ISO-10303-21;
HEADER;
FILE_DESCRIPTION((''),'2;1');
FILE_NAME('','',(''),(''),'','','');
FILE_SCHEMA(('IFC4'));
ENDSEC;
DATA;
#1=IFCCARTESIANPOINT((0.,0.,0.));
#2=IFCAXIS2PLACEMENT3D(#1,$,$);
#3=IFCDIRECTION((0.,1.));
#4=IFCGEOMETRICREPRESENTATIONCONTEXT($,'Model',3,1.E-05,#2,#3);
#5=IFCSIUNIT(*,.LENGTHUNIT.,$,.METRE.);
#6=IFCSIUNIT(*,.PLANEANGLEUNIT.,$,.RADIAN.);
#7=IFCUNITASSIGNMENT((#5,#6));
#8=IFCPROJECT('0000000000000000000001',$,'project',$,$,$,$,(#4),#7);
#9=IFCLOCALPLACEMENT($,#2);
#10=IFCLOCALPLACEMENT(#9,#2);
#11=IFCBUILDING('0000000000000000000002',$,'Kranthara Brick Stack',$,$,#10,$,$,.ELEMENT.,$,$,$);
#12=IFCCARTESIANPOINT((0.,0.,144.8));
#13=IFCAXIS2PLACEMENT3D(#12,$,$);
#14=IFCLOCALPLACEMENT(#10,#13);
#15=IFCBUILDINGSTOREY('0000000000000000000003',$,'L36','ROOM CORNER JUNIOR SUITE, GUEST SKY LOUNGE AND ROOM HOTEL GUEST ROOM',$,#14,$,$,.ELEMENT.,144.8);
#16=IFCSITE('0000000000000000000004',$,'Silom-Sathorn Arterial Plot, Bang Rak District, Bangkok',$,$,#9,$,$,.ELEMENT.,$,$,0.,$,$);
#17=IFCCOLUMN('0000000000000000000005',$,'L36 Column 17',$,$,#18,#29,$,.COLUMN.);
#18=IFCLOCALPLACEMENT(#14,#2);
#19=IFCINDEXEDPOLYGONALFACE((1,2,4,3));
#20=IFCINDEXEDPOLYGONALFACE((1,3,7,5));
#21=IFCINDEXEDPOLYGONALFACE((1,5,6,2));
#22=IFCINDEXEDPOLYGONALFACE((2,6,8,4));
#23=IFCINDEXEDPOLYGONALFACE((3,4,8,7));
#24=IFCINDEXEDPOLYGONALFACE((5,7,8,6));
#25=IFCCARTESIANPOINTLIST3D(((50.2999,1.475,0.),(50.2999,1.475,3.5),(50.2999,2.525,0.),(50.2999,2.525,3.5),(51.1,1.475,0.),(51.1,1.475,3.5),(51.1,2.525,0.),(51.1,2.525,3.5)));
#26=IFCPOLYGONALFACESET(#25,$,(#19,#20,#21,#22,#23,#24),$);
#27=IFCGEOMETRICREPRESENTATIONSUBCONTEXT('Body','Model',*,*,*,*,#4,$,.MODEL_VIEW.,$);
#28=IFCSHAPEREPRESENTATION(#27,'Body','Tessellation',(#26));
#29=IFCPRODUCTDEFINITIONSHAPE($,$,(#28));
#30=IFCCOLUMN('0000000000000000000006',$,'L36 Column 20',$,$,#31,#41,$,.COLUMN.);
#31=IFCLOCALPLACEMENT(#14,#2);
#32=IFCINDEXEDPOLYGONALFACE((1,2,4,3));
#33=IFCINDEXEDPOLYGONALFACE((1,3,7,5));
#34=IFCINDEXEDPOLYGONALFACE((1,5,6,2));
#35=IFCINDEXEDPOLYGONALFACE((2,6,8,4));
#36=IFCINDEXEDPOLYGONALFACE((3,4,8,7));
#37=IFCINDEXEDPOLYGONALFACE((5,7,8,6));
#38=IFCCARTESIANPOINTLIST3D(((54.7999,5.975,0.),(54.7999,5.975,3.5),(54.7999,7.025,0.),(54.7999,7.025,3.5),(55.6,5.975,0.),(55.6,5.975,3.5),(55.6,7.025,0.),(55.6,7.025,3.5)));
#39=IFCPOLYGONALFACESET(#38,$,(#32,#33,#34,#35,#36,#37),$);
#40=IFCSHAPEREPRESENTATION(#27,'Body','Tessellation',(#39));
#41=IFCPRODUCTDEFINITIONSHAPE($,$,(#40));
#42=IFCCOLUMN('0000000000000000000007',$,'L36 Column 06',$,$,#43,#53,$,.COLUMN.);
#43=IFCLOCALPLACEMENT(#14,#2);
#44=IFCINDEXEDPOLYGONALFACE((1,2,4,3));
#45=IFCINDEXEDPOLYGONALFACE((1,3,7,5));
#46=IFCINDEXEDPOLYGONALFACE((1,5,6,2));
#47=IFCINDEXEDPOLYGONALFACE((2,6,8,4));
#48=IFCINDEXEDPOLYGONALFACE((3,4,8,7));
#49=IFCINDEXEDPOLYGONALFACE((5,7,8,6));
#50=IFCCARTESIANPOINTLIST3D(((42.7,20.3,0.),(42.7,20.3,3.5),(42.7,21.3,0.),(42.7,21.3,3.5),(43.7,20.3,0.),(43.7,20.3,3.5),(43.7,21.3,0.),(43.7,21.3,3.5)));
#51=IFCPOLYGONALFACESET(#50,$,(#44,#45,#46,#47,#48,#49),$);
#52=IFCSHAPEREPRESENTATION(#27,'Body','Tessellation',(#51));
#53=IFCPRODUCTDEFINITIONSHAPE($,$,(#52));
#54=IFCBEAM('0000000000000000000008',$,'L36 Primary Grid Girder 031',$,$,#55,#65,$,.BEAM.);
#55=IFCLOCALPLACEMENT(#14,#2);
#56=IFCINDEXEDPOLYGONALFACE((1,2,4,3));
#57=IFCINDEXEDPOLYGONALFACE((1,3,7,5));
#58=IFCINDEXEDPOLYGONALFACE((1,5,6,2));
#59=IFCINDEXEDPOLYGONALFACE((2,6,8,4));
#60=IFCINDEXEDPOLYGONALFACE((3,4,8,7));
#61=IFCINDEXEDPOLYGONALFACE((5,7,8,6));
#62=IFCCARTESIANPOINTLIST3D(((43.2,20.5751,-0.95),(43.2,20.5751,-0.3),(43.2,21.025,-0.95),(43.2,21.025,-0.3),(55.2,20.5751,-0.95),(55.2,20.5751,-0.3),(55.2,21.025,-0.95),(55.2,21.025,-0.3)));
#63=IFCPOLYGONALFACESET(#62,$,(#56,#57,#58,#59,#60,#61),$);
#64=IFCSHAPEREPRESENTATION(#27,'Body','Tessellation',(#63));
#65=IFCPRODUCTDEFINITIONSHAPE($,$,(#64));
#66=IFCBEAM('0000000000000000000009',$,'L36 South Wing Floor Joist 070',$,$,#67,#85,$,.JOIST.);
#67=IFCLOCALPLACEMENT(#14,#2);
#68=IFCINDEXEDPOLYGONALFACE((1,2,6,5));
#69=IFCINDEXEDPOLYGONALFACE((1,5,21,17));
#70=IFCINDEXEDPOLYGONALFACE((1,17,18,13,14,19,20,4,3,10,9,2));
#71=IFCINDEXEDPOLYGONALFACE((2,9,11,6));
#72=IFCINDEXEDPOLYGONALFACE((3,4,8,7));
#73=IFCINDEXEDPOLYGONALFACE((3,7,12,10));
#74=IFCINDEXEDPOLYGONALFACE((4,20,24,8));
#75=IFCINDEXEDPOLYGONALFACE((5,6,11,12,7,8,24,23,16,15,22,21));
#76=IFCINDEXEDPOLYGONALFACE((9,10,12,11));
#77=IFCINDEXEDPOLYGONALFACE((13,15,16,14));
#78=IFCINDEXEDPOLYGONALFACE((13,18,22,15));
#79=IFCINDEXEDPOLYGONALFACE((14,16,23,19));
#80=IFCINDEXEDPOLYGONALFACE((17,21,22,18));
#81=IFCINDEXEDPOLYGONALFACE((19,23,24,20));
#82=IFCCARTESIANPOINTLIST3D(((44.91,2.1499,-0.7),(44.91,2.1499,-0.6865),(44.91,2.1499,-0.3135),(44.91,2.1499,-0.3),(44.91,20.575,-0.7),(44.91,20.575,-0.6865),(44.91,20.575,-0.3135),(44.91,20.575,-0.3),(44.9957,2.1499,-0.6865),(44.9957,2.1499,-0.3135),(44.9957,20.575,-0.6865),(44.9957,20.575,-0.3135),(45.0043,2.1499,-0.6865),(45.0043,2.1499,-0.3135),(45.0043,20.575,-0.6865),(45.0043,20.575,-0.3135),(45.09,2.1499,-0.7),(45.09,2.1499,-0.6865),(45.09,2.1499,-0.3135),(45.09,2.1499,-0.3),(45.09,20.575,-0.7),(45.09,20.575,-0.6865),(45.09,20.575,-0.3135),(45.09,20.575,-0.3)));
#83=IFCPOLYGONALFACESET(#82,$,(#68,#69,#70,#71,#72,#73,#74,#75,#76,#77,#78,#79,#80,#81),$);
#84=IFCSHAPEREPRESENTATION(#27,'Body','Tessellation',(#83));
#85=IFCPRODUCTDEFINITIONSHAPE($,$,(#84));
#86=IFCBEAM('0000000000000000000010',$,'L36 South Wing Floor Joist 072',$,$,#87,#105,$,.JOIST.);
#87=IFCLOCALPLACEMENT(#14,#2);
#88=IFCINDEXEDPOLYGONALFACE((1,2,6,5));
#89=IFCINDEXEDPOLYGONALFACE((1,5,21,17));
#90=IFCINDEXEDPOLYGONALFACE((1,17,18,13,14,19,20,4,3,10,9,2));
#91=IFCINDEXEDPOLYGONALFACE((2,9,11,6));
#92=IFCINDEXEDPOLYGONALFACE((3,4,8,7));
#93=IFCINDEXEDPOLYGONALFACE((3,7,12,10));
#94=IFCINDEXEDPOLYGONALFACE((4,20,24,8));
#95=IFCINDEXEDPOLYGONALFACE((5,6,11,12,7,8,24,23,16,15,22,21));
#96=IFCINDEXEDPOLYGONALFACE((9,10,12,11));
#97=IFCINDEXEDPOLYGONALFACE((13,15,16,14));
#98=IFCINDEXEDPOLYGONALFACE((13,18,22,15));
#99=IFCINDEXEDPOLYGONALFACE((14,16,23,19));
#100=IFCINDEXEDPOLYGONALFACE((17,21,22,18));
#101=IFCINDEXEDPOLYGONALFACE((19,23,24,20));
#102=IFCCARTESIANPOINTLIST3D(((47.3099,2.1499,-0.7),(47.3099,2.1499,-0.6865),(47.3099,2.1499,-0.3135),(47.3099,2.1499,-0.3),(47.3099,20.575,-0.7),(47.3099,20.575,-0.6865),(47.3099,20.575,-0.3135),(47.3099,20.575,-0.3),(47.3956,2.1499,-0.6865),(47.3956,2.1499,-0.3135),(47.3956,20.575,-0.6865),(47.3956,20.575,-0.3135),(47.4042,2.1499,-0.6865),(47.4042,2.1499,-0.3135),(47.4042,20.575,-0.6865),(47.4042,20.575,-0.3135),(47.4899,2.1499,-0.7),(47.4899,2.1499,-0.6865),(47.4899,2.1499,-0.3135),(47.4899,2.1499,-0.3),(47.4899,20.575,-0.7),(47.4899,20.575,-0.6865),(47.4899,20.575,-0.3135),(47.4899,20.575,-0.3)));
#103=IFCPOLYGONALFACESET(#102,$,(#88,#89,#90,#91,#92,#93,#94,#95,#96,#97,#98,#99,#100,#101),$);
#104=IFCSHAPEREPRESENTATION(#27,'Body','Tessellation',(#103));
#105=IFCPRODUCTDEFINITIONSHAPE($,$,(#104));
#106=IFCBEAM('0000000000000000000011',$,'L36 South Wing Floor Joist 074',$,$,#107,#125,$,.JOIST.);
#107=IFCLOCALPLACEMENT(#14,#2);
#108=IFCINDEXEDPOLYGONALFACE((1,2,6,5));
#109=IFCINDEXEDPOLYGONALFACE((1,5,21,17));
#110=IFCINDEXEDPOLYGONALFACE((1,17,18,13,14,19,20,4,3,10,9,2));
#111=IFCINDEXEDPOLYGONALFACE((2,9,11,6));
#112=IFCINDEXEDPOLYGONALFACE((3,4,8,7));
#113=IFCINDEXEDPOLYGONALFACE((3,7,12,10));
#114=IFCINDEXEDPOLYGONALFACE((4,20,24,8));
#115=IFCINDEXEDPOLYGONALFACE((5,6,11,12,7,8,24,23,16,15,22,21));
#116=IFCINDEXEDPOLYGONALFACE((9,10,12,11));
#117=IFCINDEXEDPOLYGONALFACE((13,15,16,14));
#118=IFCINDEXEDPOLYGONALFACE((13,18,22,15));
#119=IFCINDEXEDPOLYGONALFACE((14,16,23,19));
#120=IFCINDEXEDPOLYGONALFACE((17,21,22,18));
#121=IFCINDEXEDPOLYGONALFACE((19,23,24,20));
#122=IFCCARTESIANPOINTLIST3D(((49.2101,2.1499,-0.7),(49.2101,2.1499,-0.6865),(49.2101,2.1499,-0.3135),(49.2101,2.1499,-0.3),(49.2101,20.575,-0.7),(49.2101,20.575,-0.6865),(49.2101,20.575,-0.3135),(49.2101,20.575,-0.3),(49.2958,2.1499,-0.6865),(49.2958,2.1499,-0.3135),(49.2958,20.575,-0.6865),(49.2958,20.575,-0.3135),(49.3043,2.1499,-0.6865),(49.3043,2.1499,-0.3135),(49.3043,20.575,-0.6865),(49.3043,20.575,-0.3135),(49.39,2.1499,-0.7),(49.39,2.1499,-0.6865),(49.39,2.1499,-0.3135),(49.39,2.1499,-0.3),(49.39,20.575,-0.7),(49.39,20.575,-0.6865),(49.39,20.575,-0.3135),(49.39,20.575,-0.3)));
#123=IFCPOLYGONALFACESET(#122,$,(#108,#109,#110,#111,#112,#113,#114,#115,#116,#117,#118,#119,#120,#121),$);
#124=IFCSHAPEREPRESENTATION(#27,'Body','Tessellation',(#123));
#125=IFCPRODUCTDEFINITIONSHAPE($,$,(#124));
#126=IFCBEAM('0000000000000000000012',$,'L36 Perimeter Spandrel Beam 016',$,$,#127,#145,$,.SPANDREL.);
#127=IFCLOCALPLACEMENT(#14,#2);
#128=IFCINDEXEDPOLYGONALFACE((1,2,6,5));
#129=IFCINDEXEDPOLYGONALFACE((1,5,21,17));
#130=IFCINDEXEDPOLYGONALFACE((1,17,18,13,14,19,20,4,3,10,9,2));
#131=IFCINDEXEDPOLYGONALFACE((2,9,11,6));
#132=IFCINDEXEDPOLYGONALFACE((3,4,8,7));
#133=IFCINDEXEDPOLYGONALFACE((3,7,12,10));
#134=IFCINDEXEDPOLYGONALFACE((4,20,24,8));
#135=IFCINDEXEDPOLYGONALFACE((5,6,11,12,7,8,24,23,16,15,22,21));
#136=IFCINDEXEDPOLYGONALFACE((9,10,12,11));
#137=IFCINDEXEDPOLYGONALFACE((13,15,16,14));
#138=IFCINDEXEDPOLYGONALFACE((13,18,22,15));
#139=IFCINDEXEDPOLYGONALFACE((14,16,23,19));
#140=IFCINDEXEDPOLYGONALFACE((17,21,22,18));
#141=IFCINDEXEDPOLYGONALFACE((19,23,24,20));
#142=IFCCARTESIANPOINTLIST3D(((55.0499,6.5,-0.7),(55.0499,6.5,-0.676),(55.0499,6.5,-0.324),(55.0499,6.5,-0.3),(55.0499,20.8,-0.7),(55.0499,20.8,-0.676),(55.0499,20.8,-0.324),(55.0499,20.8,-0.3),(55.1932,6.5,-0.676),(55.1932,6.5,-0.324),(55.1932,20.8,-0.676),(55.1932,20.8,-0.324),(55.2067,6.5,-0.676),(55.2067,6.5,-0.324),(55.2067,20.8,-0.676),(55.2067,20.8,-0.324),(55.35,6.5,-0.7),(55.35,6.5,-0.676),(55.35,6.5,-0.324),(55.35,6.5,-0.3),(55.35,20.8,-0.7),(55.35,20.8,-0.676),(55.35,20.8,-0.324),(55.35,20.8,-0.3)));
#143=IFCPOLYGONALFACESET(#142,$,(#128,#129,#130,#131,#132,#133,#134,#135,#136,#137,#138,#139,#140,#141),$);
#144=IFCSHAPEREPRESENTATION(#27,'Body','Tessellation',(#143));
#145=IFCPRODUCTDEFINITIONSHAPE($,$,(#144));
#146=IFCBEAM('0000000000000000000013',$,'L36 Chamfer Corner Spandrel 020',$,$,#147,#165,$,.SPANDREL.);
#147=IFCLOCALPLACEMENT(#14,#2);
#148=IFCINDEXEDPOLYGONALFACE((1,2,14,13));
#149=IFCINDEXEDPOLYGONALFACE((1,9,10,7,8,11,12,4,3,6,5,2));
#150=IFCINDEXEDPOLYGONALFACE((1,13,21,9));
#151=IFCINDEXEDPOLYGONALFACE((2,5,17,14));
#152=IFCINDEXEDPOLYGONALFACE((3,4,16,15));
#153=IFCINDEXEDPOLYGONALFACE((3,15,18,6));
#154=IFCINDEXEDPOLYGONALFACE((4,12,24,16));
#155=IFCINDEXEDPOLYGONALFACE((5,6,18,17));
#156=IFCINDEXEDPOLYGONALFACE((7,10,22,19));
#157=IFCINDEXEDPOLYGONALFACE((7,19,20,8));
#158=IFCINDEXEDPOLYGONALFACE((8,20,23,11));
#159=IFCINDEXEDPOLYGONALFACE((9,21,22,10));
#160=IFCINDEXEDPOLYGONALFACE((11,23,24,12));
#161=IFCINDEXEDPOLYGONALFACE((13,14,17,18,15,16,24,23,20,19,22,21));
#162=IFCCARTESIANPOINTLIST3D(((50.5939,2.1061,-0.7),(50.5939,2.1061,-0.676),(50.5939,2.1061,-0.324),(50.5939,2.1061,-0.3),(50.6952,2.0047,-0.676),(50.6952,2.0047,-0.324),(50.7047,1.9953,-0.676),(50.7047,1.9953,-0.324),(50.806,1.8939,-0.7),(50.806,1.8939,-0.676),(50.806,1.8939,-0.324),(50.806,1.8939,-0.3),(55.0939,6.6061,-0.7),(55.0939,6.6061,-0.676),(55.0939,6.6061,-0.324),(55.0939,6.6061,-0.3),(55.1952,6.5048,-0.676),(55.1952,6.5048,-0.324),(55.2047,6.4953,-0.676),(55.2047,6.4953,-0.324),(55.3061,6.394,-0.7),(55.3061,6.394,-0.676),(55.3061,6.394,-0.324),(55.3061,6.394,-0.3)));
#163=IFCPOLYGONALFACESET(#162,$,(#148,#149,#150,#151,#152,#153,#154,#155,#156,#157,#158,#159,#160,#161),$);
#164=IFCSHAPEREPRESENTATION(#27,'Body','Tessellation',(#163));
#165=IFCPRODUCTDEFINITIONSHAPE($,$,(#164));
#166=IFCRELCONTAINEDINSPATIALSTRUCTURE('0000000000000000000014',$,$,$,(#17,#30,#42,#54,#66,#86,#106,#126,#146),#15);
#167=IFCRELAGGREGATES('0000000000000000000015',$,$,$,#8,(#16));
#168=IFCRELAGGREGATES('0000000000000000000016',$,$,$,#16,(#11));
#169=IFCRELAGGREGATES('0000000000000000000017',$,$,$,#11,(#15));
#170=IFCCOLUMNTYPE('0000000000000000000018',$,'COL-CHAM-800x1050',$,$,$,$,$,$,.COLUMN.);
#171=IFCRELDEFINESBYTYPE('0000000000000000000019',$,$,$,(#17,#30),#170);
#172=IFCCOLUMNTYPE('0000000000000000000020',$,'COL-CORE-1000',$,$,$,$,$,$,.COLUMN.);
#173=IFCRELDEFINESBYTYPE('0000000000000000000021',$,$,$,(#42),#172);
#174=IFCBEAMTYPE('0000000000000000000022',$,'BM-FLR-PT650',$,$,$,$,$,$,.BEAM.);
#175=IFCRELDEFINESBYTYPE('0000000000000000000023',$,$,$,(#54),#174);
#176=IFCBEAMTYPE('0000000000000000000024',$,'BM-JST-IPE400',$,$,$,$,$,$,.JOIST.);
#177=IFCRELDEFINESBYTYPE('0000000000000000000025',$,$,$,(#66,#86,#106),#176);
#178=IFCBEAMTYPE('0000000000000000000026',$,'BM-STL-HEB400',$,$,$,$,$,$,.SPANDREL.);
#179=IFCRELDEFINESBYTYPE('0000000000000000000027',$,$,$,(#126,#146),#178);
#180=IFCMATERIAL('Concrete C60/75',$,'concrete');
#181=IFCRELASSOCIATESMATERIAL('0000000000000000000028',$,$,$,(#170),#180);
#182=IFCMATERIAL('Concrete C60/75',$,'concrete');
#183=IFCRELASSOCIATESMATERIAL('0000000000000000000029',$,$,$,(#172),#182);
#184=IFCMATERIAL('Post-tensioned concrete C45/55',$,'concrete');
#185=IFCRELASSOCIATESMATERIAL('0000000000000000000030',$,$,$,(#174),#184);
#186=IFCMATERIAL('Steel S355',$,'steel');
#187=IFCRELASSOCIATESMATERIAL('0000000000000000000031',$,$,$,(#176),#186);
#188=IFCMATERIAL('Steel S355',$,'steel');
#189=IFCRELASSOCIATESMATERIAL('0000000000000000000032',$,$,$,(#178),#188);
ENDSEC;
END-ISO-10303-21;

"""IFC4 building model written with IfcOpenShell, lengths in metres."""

from ifc_helpers import new_model, si_unit, direction, frame, origin, origin_2d, place, context, subcontext, project, spatial, rectangle, i_section, extrude, material, material_profile, profile_set, type_object, element, save


model = new_model("IFC4")

# Units and contexts
model_context = context("Model", 3, precision=1e-05, world=origin(), true_north=direction((0.0, 1.0)))
body_context = subcontext(model_context, "Body", "Model", "MODEL_VIEW")
ifc_project = project(units=[si_unit("LENGTHUNIT", "METRE"), si_unit("PLANEANGLEUNIT", "RADIAN")], contexts=[model_context])

# Site, building, storey
site_placement = place(None, origin())
site = spatial("IfcSite", under=ifc_project, at=site_placement, Name="Silom-Sathorn Arterial Plot, Bang Rak District, Bangkok", CompositionType="ELEMENT", RefElevation=0.0)
building_placement = place(site_placement, origin())
building = spatial("IfcBuilding", under=site, at=building_placement, Name="Kranthara Brick Stack", CompositionType="ELEMENT")
storey_placement = place(building_placement, frame((0.0, 0.0, 144.8)))
storey = spatial("IfcBuildingStorey", under=building, at=storey_placement, Name="L36", Description="ROOM CORNER JUNIOR SUITE, GUEST SKY LOUNGE AND ROOM HOTEL GUEST ROOM", CompositionType="ELEMENT", Elevation=144.8)

# Columns
ifc_material_1 = material(Name="Concrete C60/75", Category="concrete")
ifc_material_profile_1 = material_profile(ifc_material_1, rectangle(XDim=0.8, YDim=1.05, at=origin_2d()), Name="RC 800x1050")
ifc_profile_set_1 = profile_set([ifc_material_profile_1], Name="Concrete C60/75")
column_type_1 = type_object("IfcColumnType", Name="COL-CHAM-800x1050", PredefinedType="COLUMN", material=ifc_profile_set_1)
for number, where, z_axis, x_axis, name in (
    (1, (50.7, 2.0, 0.0), (0.0, 0.0, 1.0), (1.0, 0.0, 0.0), "L36 Column 17"),
    (2, (55.2, 6.5, 0.0), (0.0, 0.0, 1.0), (1.0, 0.0, 0.0), "L36 Column 20"),
):
    element("IfcColumn", number, at=place(storey_placement, frame(where, z_axis=z_axis, x_axis=x_axis)), inside=storey, type_object=column_type_1, Name=name, PredefinedType="COLUMN", context=body_context, shape_type="SweptSolid", body=[
        extrude(rectangle(XDim=0.8, YDim=1.05, at=origin_2d()), origin(), (0.0, 0.0, 1.0), 3.5),
    ])
ifc_material_2 = material(Name="Concrete C60/75", Category="concrete")
ifc_material_profile_2 = material_profile(ifc_material_2, rectangle(XDim=1.0, YDim=1.0, at=origin_2d()), Name="RC 1000x1000")
ifc_profile_set_2 = profile_set([ifc_material_profile_2], Name="Concrete C60/75")
column_type_2 = type_object("IfcColumnType", Name="COL-CORE-1000", PredefinedType="COLUMN", material=ifc_profile_set_2)
column_placement = place(storey_placement, frame((43.2, 20.8, 0.0), z_axis=(0.0, 0.0, 1.0), x_axis=(1.0, 0.0, 0.0)))
element("IfcColumn", 3, at=column_placement, inside=storey, type_object=column_type_2, Name="L36 Column 06", PredefinedType="COLUMN", context=body_context, shape_type="SweptSolid", body=[
    extrude(rectangle(XDim=1.0, YDim=1.0, at=origin_2d()), origin(), (0.0, 0.0, 1.0), 3.5),
])

# Beams
ifc_material_3 = material(Name="Post-tensioned concrete C45/55", Category="concrete")
ifc_material_profile_3 = material_profile(ifc_material_3, rectangle(XDim=0.45, YDim=0.6499, at=origin_2d()), Name="PT 450x650")
ifc_profile_set_3 = profile_set([ifc_material_profile_3], Name="Post-tensioned concrete C45/55")
beam_type_1 = type_object("IfcBeamType", Name="BM-FLR-PT650", PredefinedType="BEAM", material=ifc_profile_set_3)
beam_1_placement = place(storey_placement, frame((43.2, 20.8, -0.625), z_axis=(1.0, 0.0, 0.0), x_axis=(0.0, 1.0, 0.0)))
element("IfcBeam", 4, at=beam_1_placement, inside=storey, type_object=beam_type_1, Name="L36 Primary Grid Girder 031", PredefinedType="BEAM", context=body_context, shape_type="SweptSolid", body=[
    extrude(rectangle(XDim=0.45, YDim=0.6499, at=origin_2d()), origin(), (0.0, 0.0, 1.0), 12.0),
])
ifc_material_4 = material(Name="Steel S355", Category="steel")
ifc_material_profile_4 = material_profile(ifc_material_4, i_section(OverallWidth=0.1799, OverallDepth=0.3999, WebThickness=0.0085, FlangeThickness=0.0134, at=origin_2d()), Name="IPE 400")
ifc_profile_set_4 = profile_set([ifc_material_profile_4], Name="Steel S355")
beam_type_2 = type_object("IfcBeamType", Name="BM-JST-IPE400", PredefinedType="JOIST", material=ifc_profile_set_4)
for number, where, z_axis, x_axis, name in (
    (5, (45.0, 2.1499, -0.5), (0.0, 1.0, 0.0), (-1.0, 0.0, 0.0), "L36 South Wing Floor Joist 070"),
    (6, (47.3999, 2.1499, -0.5), (0.0, 1.0, 0.0), (-1.0, 0.0, 0.0), "L36 South Wing Floor Joist 072"),
    (7, (49.3, 2.1499, -0.5), (0.0, 1.0, 0.0), (-1.0, 0.0, 0.0), "L36 South Wing Floor Joist 074"),
):
    element("IfcBeam", number, at=place(storey_placement, frame(where, z_axis=z_axis, x_axis=x_axis)), inside=storey, type_object=beam_type_2, Name=name, PredefinedType="JOIST", context=body_context, shape_type="SweptSolid", body=[
        extrude(i_section(OverallWidth=0.1799, OverallDepth=0.3999, WebThickness=0.0085, FlangeThickness=0.0134, at=origin_2d()), origin(), (0.0, 0.0, 1.0), 18.425),
    ])
ifc_material_5 = material(Name="Steel S355", Category="steel")
ifc_material_profile_5 = material_profile(ifc_material_5, i_section(OverallWidth=0.3, OverallDepth=0.3999, WebThickness=0.0134, FlangeThickness=0.0239, at=origin_2d()), Name="HEB 400")
ifc_profile_set_5 = profile_set([ifc_material_profile_5], Name="Steel S355")
beam_type_3 = type_object("IfcBeamType", Name="BM-STL-HEB400", PredefinedType="SPANDREL", material=ifc_profile_set_5)
beam_2_placement = place(storey_placement, frame((55.2, 6.5, -0.5), z_axis=(0.0, 1.0, 0.0), x_axis=(-1.0, 0.0, 0.0)))
element("IfcBeam", 8, at=beam_2_placement, inside=storey, type_object=beam_type_3, Name="L36 Perimeter Spandrel Beam 016", PredefinedType="SPANDREL", context=body_context, shape_type="SweptSolid", body=[
    extrude(i_section(OverallWidth=0.3, OverallDepth=0.3999, WebThickness=0.0134, FlangeThickness=0.0239, at=origin_2d()), origin(), (0.0, 0.0, 1.0), 14.3),
])
beam_3_placement = place(storey_placement, frame((50.7, 2.0, -0.5), z_axis=(0.707107, 0.707107, 0.0), x_axis=(-0.707107, 0.707107, 0.0)))
element("IfcBeam", 9, at=beam_3_placement, inside=storey, type_object=beam_type_3, Name="L36 Chamfer Corner Spandrel 020", PredefinedType="SPANDREL", context=body_context, shape_type="SweptSolid", body=[
    extrude(i_section(OverallWidth=0.3, OverallDepth=0.3999, WebThickness=0.0134, FlangeThickness=0.0239, at=origin_2d()), origin(), (0.0, 0.0, 1.0), 6.364),
])

save(model, "model.ifc")
